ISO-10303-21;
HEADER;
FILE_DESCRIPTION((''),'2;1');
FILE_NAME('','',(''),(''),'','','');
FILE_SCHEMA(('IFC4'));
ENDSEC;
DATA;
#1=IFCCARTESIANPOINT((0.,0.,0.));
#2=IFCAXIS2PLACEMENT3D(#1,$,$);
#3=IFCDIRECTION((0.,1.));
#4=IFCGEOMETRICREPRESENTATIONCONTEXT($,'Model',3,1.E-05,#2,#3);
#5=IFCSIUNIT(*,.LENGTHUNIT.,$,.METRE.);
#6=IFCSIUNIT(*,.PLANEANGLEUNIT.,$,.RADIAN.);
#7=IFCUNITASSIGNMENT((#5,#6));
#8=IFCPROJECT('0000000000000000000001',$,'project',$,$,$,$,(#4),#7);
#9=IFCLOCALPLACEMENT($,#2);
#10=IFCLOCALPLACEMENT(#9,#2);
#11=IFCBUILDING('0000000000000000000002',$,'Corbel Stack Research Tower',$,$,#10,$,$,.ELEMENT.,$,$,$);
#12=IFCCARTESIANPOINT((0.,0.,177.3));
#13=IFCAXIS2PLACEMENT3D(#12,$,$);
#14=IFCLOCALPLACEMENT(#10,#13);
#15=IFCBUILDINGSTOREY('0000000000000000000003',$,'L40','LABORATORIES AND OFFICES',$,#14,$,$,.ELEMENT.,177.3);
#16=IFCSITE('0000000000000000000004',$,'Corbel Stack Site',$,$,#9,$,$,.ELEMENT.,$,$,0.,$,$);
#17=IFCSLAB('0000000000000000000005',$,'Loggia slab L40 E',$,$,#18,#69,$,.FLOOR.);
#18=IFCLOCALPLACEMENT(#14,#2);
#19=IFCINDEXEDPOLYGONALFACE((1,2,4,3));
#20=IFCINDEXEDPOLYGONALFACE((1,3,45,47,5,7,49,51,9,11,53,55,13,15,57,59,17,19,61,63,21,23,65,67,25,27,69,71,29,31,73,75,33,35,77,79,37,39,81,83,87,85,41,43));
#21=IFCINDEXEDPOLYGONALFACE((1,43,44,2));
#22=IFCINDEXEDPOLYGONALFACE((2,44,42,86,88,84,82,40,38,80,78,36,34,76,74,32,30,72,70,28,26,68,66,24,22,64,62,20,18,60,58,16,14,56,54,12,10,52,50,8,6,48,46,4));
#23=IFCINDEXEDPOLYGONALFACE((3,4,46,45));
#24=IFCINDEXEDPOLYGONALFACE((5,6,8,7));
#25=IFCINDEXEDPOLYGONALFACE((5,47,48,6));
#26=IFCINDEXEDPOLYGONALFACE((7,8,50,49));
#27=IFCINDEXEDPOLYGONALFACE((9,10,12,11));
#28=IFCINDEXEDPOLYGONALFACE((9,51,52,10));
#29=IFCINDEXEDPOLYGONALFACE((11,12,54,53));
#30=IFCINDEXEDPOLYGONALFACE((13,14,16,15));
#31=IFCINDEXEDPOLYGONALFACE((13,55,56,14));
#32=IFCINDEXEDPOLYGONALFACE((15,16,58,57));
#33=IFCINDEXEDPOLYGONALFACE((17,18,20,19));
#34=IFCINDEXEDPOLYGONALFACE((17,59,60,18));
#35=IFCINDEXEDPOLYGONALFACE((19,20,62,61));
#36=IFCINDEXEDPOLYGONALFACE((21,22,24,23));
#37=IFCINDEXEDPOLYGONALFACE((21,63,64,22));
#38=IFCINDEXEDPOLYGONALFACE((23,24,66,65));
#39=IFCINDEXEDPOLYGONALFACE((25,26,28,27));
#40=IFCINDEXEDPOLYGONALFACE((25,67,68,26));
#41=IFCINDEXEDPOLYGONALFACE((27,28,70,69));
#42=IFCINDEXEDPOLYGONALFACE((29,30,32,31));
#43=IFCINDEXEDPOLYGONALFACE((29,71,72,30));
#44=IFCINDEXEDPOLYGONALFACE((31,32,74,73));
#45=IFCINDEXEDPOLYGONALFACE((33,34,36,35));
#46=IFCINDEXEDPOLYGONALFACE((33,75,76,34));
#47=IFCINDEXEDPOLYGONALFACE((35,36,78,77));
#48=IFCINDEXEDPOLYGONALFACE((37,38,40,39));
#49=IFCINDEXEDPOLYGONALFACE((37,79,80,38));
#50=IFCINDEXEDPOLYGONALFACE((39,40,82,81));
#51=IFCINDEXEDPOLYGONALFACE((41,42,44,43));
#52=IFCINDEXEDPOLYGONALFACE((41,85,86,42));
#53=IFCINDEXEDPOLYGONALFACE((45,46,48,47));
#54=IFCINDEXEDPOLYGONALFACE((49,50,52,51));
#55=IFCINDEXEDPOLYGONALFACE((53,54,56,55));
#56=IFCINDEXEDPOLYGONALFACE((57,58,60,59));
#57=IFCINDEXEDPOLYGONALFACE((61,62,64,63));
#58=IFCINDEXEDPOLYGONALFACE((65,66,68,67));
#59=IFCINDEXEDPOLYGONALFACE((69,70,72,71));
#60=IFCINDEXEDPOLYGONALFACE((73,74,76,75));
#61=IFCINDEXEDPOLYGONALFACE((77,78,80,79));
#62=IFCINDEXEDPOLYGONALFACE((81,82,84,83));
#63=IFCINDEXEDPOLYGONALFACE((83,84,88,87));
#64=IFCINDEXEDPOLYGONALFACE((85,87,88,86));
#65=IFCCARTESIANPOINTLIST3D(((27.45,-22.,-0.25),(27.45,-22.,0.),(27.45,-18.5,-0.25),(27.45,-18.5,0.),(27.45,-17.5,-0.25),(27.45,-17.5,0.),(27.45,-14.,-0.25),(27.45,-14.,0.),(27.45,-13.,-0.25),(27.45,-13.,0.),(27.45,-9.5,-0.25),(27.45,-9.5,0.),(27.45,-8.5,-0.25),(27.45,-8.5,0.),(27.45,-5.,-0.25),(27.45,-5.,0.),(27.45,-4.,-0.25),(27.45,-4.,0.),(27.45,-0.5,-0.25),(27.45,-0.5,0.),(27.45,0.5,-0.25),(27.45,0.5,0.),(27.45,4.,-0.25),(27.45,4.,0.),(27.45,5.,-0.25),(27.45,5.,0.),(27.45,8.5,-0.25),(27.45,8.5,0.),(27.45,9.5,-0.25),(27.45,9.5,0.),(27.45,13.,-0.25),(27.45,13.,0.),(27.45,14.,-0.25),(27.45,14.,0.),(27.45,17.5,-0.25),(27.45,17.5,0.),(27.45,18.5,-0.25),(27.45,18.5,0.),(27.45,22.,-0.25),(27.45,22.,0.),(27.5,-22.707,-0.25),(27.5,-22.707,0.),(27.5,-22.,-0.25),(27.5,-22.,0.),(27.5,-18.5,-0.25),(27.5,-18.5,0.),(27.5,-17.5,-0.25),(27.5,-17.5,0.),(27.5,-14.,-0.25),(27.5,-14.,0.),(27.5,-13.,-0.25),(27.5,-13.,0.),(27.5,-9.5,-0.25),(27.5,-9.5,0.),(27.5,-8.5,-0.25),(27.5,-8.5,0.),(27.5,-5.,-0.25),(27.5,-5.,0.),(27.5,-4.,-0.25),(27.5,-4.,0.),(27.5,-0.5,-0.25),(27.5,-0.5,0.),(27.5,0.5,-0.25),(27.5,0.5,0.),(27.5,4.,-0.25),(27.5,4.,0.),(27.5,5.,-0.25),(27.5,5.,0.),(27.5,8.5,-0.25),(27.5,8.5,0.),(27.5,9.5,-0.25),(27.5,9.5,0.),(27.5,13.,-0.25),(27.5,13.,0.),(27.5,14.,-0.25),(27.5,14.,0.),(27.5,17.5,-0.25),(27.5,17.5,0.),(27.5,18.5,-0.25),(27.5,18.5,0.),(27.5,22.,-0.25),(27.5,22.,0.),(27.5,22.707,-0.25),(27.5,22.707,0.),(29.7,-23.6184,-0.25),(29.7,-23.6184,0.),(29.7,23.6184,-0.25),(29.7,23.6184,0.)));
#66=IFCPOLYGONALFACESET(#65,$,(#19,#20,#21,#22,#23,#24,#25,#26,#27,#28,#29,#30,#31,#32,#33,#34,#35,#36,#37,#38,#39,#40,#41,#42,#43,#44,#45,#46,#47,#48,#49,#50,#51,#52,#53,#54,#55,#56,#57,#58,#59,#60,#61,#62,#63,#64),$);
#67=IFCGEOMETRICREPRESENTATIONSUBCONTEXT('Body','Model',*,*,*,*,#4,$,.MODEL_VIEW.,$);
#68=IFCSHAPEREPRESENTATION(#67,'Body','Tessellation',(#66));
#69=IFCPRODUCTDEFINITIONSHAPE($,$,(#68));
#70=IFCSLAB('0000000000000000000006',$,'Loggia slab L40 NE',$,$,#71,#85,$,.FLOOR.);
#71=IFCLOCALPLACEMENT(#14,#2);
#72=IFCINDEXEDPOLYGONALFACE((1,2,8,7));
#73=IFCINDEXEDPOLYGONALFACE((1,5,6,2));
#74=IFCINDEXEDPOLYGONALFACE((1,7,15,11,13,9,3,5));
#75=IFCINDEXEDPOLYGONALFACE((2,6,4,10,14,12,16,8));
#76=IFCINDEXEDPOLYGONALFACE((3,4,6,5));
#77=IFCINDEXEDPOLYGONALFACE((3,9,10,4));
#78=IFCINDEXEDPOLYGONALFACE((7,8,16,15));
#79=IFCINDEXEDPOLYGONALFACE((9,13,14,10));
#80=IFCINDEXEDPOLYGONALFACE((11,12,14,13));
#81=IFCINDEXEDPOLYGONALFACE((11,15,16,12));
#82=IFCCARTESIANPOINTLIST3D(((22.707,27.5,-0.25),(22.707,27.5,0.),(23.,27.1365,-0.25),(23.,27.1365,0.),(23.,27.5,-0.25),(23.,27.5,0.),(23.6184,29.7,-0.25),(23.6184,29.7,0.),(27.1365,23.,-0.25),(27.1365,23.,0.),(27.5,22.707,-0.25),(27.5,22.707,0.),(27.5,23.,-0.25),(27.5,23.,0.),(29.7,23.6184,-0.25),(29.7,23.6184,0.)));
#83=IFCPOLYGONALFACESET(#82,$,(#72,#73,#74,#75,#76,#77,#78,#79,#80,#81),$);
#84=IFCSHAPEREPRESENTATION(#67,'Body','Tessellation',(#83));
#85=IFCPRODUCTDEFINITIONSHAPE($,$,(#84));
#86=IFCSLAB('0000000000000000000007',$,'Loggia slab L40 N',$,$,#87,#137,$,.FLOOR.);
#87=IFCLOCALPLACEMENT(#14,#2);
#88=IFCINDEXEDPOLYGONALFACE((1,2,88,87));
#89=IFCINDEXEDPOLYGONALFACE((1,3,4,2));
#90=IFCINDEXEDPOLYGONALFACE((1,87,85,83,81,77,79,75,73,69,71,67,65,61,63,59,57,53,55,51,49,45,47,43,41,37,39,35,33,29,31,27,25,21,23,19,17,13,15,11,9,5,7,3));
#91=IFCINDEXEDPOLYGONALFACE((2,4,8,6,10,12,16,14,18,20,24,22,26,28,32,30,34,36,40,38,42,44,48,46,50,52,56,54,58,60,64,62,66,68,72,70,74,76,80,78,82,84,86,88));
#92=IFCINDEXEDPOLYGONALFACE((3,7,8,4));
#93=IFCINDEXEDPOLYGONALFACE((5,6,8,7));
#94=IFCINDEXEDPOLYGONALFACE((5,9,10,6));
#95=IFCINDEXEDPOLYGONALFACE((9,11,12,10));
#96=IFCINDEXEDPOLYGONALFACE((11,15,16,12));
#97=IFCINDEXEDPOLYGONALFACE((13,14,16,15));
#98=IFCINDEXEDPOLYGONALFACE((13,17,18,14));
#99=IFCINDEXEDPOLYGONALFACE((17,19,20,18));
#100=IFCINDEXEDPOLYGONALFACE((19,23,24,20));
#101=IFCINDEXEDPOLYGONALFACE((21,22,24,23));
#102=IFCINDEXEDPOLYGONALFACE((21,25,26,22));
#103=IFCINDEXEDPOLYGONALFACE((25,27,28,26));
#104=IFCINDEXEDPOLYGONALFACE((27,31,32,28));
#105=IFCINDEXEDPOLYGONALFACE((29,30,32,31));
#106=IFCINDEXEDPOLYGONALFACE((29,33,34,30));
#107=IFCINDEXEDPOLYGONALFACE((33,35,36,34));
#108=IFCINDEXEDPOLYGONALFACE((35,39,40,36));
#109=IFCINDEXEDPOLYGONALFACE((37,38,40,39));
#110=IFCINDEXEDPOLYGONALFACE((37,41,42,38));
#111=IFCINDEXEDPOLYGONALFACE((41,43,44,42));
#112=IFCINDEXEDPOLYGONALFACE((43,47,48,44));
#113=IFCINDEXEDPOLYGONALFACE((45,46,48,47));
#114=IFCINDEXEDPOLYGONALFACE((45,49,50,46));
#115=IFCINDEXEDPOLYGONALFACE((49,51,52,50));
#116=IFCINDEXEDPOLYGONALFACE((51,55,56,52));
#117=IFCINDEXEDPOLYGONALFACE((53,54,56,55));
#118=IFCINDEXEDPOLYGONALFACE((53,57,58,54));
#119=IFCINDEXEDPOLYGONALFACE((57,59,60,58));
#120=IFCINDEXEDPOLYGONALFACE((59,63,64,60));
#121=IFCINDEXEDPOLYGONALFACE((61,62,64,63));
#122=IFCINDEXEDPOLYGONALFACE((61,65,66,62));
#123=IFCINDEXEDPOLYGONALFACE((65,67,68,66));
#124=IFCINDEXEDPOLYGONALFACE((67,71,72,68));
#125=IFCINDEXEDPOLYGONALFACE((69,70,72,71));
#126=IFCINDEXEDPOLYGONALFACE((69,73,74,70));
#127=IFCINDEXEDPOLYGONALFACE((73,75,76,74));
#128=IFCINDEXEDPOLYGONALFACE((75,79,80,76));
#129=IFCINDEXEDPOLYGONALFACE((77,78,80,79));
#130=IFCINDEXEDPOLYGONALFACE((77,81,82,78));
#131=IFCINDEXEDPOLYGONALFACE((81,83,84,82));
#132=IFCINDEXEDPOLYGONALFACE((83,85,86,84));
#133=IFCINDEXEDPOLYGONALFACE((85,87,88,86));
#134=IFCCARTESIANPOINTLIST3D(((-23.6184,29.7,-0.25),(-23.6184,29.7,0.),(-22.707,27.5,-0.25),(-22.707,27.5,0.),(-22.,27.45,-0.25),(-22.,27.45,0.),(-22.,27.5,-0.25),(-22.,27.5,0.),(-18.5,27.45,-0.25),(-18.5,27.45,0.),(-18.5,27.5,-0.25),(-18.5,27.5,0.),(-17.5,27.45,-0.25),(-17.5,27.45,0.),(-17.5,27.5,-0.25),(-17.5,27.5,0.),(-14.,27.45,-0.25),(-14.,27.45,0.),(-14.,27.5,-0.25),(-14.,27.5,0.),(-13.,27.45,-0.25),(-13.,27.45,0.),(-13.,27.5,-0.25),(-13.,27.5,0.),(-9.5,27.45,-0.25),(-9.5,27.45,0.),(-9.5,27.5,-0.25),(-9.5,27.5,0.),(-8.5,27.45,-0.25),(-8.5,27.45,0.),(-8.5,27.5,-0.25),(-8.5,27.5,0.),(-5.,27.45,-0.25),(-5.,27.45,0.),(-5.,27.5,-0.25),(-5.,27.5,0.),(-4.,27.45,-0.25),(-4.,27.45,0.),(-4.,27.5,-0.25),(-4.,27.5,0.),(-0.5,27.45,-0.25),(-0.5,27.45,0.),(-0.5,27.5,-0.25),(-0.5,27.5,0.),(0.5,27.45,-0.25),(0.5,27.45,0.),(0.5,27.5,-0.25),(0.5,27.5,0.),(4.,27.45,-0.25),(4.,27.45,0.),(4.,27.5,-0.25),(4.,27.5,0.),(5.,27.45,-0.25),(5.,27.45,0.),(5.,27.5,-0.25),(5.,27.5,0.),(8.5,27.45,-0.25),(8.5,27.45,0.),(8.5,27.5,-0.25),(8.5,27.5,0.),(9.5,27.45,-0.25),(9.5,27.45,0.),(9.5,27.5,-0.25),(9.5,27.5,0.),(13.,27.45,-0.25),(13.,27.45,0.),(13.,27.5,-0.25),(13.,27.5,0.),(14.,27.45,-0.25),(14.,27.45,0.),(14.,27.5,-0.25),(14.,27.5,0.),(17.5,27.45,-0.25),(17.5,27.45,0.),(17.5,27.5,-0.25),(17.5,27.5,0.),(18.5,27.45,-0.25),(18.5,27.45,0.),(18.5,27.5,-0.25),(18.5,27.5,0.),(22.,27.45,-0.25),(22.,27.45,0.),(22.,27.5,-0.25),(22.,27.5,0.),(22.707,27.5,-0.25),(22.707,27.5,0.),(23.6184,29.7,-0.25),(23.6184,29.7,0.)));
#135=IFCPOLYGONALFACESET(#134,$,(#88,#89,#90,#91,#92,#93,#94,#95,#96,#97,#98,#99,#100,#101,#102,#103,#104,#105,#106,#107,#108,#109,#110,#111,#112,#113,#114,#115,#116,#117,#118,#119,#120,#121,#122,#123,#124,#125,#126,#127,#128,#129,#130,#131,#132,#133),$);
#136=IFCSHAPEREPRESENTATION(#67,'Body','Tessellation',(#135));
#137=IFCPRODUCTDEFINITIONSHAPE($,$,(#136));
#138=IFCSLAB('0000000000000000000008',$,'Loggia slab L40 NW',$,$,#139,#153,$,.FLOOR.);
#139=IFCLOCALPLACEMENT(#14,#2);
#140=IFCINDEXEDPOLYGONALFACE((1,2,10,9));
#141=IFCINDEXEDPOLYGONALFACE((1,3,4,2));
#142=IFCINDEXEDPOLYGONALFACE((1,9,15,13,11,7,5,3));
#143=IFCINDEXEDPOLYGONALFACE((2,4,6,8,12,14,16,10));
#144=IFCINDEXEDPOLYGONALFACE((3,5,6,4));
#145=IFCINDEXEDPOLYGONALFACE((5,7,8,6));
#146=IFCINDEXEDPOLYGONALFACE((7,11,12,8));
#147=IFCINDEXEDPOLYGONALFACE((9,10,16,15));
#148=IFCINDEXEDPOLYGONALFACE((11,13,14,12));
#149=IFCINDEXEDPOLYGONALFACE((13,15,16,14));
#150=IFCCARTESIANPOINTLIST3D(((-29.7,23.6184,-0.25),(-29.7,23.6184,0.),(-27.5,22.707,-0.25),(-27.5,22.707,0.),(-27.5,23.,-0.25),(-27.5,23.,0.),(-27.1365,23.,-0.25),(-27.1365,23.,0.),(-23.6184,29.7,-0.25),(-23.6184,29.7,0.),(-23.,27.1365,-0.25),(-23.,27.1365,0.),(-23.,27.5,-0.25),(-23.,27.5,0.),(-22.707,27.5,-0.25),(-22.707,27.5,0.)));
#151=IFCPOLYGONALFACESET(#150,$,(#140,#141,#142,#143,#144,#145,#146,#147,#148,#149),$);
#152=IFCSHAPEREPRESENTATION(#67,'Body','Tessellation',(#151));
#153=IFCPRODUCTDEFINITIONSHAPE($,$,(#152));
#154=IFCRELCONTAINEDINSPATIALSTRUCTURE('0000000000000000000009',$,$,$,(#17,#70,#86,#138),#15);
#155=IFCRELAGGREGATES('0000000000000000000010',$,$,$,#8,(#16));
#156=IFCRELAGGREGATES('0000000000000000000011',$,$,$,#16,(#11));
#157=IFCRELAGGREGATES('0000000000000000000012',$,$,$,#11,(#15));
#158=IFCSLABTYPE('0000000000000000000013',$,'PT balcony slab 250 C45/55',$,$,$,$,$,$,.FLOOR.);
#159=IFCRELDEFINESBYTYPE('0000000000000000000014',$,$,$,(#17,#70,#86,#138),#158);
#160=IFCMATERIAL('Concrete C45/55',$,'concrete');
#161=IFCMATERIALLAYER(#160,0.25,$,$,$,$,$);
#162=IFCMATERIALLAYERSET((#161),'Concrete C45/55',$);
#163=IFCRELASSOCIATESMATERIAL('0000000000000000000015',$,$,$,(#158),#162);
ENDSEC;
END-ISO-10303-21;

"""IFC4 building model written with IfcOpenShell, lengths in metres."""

from ifc_helpers import new_model, si_unit, direction, frame, origin, place, context, subcontext, project, spatial, polyline, outline, extrude, material, layer, layer_set, type_object, element, save


model = new_model("IFC4")

# Units and contexts
model_context = context("Model", 3, precision=1e-05, world=origin(), true_north=direction((0.0, 1.0)))
body_context = subcontext(model_context, "Body", "Model", "MODEL_VIEW")
ifc_project = project(units=[si_unit("LENGTHUNIT", "METRE"), si_unit("PLANEANGLEUNIT", "RADIAN")], contexts=[model_context])

# Site, building, storey
site_placement = place(None, origin())
site = spatial("IfcSite", under=ifc_project, at=site_placement, Name="Corbel Stack Site", CompositionType="ELEMENT", RefElevation=0.0)
building_placement = place(site_placement, origin())
building = spatial("IfcBuilding", under=site, at=building_placement, Name="Corbel Stack Research Tower", CompositionType="ELEMENT")
storey_placement = place(building_placement, frame((0.0, 0.0, 177.3)))
storey = spatial("IfcBuildingStorey", under=building, at=storey_placement, Name="L40", Description="LABORATORIES AND OFFICES", CompositionType="ELEMENT", Elevation=177.3)

# Slabs
ifc_material_1 = material(Name="Concrete C45/55", Category="concrete")
ifc_layer_1 = layer(ifc_material_1, 0.25)
ifc_layer_set_1 = layer_set([ifc_layer_1], Name="Concrete C45/55")
slab_type_1 = type_object("IfcSlabType", Name="PT balcony slab 250 C45/55", PredefinedType="FLOOR", material=ifc_layer_set_1)
slab_1_placement = place(storey_placement, frame((0.0, 0.0, -0.25)))
element("IfcSlab", 1, at=slab_1_placement, inside=storey, type_object=slab_type_1, Name="Loggia slab L40 E", PredefinedType="FLOOR", context=body_context, shape_type="SweptSolid", body=[
    extrude(outline(polyline([(27.5, 22.707), (27.5, 22.0), (27.45, 22.0), (27.45, 18.5), (27.5, 18.5), (27.5, 17.5), (27.45, 17.5), (27.45, 14.0), (27.5, 14.0), (27.5, 13.0), (27.45, 13.0), (27.45, 9.5), (27.5, 9.5), (27.5, 8.5), (27.45, 8.5), (27.45, 5.0), (27.5, 5.0), (27.5, 4.0), (27.45, 4.0), (27.45, 0.5), (27.5, 0.5), (27.5, -0.5), (27.45, -0.5), (27.45, -4.0), (27.5, -4.0), (27.5, -5.0), (27.45, -5.0), (27.45, -8.5), (27.5, -8.5), (27.5, -9.5), (27.45, -9.5), (27.45, -13.0), (27.5, -13.0), (27.5, -14.0), (27.45, -14.0), (27.45, -17.5), (27.5, -17.5), (27.5, -18.5), (27.45, -18.5), (27.45, -22.0), (27.5, -22.0), (27.5, -22.707), (29.7, -23.6184), (29.7, 23.6184), (27.5, 22.707)])), origin(), (0.0, 0.0, 1.0), 0.25),
])
slab_2_placement = place(storey_placement, frame((0.0, 0.0, -0.25)))
element("IfcSlab", 2, at=slab_2_placement, inside=storey, type_object=slab_type_1, Name="Loggia slab L40 NE", PredefinedType="FLOOR", context=body_context, shape_type="SweptSolid", body=[
    extrude(outline(polyline([(22.707, 27.5), (23.0, 27.5), (23.0, 27.1365), (27.1365, 23.0), (27.5, 23.0), (27.5, 22.707), (29.7, 23.6184), (23.6184, 29.7), (22.707, 27.5)])), origin(), (0.0, 0.0, 1.0), 0.25),
])
slab_3_placement = place(storey_placement, frame((0.0, 0.0, -0.25)))
element("IfcSlab", 3, at=slab_3_placement, inside=storey, type_object=slab_type_1, Name="Loggia slab L40 N", PredefinedType="FLOOR", context=body_context, shape_type="SweptSolid", body=[
    extrude(outline(polyline([(-22.707, 27.5), (-22.0, 27.5), (-22.0, 27.45), (-18.5, 27.45), (-18.5, 27.5), (-17.5, 27.5), (-17.5, 27.45), (-14.0, 27.45), (-14.0, 27.5), (-13.0, 27.5), (-13.0, 27.45), (-9.5, 27.45), (-9.5, 27.5), (-8.5, 27.5), (-8.5, 27.45), (-5.0, 27.45), (-5.0, 27.5), (-4.0, 27.5), (-4.0, 27.45), (-0.5, 27.45), (-0.5, 27.5), (0.5, 27.5), (0.5, 27.45), (4.0, 27.45), (4.0, 27.5), (5.0, 27.5), (5.0, 27.45), (8.5, 27.45), (8.5, 27.5), (9.5, 27.5), (9.5, 27.45), (13.0, 27.45), (13.0, 27.5), (14.0, 27.5), (14.0, 27.45), (17.5, 27.45), (17.5, 27.5), (18.5, 27.5), (18.5, 27.45), (22.0, 27.45), (22.0, 27.5), (22.707, 27.5), (23.6184, 29.7), (-23.6184, 29.7), (-22.707, 27.5)])), origin(), (0.0, 0.0, 1.0), 0.25),
])
slab_4_placement = place(storey_placement, frame((0.0, 0.0, -0.25)))
element("IfcSlab", 4, at=slab_4_placement, inside=storey, type_object=slab_type_1, Name="Loggia slab L40 NW", PredefinedType="FLOOR", context=body_context, shape_type="SweptSolid", body=[
    extrude(outline(polyline([(-27.5, 22.707), (-27.5, 23.0), (-27.1365, 23.0), (-23.0, 27.1365), (-23.0, 27.5), (-22.707, 27.5), (-23.6184, 29.7), (-29.7, 23.6184), (-27.5, 22.707)])), origin(), (0.0, 0.0, 1.0), 0.25),
])

save(model, "model.ifc")
